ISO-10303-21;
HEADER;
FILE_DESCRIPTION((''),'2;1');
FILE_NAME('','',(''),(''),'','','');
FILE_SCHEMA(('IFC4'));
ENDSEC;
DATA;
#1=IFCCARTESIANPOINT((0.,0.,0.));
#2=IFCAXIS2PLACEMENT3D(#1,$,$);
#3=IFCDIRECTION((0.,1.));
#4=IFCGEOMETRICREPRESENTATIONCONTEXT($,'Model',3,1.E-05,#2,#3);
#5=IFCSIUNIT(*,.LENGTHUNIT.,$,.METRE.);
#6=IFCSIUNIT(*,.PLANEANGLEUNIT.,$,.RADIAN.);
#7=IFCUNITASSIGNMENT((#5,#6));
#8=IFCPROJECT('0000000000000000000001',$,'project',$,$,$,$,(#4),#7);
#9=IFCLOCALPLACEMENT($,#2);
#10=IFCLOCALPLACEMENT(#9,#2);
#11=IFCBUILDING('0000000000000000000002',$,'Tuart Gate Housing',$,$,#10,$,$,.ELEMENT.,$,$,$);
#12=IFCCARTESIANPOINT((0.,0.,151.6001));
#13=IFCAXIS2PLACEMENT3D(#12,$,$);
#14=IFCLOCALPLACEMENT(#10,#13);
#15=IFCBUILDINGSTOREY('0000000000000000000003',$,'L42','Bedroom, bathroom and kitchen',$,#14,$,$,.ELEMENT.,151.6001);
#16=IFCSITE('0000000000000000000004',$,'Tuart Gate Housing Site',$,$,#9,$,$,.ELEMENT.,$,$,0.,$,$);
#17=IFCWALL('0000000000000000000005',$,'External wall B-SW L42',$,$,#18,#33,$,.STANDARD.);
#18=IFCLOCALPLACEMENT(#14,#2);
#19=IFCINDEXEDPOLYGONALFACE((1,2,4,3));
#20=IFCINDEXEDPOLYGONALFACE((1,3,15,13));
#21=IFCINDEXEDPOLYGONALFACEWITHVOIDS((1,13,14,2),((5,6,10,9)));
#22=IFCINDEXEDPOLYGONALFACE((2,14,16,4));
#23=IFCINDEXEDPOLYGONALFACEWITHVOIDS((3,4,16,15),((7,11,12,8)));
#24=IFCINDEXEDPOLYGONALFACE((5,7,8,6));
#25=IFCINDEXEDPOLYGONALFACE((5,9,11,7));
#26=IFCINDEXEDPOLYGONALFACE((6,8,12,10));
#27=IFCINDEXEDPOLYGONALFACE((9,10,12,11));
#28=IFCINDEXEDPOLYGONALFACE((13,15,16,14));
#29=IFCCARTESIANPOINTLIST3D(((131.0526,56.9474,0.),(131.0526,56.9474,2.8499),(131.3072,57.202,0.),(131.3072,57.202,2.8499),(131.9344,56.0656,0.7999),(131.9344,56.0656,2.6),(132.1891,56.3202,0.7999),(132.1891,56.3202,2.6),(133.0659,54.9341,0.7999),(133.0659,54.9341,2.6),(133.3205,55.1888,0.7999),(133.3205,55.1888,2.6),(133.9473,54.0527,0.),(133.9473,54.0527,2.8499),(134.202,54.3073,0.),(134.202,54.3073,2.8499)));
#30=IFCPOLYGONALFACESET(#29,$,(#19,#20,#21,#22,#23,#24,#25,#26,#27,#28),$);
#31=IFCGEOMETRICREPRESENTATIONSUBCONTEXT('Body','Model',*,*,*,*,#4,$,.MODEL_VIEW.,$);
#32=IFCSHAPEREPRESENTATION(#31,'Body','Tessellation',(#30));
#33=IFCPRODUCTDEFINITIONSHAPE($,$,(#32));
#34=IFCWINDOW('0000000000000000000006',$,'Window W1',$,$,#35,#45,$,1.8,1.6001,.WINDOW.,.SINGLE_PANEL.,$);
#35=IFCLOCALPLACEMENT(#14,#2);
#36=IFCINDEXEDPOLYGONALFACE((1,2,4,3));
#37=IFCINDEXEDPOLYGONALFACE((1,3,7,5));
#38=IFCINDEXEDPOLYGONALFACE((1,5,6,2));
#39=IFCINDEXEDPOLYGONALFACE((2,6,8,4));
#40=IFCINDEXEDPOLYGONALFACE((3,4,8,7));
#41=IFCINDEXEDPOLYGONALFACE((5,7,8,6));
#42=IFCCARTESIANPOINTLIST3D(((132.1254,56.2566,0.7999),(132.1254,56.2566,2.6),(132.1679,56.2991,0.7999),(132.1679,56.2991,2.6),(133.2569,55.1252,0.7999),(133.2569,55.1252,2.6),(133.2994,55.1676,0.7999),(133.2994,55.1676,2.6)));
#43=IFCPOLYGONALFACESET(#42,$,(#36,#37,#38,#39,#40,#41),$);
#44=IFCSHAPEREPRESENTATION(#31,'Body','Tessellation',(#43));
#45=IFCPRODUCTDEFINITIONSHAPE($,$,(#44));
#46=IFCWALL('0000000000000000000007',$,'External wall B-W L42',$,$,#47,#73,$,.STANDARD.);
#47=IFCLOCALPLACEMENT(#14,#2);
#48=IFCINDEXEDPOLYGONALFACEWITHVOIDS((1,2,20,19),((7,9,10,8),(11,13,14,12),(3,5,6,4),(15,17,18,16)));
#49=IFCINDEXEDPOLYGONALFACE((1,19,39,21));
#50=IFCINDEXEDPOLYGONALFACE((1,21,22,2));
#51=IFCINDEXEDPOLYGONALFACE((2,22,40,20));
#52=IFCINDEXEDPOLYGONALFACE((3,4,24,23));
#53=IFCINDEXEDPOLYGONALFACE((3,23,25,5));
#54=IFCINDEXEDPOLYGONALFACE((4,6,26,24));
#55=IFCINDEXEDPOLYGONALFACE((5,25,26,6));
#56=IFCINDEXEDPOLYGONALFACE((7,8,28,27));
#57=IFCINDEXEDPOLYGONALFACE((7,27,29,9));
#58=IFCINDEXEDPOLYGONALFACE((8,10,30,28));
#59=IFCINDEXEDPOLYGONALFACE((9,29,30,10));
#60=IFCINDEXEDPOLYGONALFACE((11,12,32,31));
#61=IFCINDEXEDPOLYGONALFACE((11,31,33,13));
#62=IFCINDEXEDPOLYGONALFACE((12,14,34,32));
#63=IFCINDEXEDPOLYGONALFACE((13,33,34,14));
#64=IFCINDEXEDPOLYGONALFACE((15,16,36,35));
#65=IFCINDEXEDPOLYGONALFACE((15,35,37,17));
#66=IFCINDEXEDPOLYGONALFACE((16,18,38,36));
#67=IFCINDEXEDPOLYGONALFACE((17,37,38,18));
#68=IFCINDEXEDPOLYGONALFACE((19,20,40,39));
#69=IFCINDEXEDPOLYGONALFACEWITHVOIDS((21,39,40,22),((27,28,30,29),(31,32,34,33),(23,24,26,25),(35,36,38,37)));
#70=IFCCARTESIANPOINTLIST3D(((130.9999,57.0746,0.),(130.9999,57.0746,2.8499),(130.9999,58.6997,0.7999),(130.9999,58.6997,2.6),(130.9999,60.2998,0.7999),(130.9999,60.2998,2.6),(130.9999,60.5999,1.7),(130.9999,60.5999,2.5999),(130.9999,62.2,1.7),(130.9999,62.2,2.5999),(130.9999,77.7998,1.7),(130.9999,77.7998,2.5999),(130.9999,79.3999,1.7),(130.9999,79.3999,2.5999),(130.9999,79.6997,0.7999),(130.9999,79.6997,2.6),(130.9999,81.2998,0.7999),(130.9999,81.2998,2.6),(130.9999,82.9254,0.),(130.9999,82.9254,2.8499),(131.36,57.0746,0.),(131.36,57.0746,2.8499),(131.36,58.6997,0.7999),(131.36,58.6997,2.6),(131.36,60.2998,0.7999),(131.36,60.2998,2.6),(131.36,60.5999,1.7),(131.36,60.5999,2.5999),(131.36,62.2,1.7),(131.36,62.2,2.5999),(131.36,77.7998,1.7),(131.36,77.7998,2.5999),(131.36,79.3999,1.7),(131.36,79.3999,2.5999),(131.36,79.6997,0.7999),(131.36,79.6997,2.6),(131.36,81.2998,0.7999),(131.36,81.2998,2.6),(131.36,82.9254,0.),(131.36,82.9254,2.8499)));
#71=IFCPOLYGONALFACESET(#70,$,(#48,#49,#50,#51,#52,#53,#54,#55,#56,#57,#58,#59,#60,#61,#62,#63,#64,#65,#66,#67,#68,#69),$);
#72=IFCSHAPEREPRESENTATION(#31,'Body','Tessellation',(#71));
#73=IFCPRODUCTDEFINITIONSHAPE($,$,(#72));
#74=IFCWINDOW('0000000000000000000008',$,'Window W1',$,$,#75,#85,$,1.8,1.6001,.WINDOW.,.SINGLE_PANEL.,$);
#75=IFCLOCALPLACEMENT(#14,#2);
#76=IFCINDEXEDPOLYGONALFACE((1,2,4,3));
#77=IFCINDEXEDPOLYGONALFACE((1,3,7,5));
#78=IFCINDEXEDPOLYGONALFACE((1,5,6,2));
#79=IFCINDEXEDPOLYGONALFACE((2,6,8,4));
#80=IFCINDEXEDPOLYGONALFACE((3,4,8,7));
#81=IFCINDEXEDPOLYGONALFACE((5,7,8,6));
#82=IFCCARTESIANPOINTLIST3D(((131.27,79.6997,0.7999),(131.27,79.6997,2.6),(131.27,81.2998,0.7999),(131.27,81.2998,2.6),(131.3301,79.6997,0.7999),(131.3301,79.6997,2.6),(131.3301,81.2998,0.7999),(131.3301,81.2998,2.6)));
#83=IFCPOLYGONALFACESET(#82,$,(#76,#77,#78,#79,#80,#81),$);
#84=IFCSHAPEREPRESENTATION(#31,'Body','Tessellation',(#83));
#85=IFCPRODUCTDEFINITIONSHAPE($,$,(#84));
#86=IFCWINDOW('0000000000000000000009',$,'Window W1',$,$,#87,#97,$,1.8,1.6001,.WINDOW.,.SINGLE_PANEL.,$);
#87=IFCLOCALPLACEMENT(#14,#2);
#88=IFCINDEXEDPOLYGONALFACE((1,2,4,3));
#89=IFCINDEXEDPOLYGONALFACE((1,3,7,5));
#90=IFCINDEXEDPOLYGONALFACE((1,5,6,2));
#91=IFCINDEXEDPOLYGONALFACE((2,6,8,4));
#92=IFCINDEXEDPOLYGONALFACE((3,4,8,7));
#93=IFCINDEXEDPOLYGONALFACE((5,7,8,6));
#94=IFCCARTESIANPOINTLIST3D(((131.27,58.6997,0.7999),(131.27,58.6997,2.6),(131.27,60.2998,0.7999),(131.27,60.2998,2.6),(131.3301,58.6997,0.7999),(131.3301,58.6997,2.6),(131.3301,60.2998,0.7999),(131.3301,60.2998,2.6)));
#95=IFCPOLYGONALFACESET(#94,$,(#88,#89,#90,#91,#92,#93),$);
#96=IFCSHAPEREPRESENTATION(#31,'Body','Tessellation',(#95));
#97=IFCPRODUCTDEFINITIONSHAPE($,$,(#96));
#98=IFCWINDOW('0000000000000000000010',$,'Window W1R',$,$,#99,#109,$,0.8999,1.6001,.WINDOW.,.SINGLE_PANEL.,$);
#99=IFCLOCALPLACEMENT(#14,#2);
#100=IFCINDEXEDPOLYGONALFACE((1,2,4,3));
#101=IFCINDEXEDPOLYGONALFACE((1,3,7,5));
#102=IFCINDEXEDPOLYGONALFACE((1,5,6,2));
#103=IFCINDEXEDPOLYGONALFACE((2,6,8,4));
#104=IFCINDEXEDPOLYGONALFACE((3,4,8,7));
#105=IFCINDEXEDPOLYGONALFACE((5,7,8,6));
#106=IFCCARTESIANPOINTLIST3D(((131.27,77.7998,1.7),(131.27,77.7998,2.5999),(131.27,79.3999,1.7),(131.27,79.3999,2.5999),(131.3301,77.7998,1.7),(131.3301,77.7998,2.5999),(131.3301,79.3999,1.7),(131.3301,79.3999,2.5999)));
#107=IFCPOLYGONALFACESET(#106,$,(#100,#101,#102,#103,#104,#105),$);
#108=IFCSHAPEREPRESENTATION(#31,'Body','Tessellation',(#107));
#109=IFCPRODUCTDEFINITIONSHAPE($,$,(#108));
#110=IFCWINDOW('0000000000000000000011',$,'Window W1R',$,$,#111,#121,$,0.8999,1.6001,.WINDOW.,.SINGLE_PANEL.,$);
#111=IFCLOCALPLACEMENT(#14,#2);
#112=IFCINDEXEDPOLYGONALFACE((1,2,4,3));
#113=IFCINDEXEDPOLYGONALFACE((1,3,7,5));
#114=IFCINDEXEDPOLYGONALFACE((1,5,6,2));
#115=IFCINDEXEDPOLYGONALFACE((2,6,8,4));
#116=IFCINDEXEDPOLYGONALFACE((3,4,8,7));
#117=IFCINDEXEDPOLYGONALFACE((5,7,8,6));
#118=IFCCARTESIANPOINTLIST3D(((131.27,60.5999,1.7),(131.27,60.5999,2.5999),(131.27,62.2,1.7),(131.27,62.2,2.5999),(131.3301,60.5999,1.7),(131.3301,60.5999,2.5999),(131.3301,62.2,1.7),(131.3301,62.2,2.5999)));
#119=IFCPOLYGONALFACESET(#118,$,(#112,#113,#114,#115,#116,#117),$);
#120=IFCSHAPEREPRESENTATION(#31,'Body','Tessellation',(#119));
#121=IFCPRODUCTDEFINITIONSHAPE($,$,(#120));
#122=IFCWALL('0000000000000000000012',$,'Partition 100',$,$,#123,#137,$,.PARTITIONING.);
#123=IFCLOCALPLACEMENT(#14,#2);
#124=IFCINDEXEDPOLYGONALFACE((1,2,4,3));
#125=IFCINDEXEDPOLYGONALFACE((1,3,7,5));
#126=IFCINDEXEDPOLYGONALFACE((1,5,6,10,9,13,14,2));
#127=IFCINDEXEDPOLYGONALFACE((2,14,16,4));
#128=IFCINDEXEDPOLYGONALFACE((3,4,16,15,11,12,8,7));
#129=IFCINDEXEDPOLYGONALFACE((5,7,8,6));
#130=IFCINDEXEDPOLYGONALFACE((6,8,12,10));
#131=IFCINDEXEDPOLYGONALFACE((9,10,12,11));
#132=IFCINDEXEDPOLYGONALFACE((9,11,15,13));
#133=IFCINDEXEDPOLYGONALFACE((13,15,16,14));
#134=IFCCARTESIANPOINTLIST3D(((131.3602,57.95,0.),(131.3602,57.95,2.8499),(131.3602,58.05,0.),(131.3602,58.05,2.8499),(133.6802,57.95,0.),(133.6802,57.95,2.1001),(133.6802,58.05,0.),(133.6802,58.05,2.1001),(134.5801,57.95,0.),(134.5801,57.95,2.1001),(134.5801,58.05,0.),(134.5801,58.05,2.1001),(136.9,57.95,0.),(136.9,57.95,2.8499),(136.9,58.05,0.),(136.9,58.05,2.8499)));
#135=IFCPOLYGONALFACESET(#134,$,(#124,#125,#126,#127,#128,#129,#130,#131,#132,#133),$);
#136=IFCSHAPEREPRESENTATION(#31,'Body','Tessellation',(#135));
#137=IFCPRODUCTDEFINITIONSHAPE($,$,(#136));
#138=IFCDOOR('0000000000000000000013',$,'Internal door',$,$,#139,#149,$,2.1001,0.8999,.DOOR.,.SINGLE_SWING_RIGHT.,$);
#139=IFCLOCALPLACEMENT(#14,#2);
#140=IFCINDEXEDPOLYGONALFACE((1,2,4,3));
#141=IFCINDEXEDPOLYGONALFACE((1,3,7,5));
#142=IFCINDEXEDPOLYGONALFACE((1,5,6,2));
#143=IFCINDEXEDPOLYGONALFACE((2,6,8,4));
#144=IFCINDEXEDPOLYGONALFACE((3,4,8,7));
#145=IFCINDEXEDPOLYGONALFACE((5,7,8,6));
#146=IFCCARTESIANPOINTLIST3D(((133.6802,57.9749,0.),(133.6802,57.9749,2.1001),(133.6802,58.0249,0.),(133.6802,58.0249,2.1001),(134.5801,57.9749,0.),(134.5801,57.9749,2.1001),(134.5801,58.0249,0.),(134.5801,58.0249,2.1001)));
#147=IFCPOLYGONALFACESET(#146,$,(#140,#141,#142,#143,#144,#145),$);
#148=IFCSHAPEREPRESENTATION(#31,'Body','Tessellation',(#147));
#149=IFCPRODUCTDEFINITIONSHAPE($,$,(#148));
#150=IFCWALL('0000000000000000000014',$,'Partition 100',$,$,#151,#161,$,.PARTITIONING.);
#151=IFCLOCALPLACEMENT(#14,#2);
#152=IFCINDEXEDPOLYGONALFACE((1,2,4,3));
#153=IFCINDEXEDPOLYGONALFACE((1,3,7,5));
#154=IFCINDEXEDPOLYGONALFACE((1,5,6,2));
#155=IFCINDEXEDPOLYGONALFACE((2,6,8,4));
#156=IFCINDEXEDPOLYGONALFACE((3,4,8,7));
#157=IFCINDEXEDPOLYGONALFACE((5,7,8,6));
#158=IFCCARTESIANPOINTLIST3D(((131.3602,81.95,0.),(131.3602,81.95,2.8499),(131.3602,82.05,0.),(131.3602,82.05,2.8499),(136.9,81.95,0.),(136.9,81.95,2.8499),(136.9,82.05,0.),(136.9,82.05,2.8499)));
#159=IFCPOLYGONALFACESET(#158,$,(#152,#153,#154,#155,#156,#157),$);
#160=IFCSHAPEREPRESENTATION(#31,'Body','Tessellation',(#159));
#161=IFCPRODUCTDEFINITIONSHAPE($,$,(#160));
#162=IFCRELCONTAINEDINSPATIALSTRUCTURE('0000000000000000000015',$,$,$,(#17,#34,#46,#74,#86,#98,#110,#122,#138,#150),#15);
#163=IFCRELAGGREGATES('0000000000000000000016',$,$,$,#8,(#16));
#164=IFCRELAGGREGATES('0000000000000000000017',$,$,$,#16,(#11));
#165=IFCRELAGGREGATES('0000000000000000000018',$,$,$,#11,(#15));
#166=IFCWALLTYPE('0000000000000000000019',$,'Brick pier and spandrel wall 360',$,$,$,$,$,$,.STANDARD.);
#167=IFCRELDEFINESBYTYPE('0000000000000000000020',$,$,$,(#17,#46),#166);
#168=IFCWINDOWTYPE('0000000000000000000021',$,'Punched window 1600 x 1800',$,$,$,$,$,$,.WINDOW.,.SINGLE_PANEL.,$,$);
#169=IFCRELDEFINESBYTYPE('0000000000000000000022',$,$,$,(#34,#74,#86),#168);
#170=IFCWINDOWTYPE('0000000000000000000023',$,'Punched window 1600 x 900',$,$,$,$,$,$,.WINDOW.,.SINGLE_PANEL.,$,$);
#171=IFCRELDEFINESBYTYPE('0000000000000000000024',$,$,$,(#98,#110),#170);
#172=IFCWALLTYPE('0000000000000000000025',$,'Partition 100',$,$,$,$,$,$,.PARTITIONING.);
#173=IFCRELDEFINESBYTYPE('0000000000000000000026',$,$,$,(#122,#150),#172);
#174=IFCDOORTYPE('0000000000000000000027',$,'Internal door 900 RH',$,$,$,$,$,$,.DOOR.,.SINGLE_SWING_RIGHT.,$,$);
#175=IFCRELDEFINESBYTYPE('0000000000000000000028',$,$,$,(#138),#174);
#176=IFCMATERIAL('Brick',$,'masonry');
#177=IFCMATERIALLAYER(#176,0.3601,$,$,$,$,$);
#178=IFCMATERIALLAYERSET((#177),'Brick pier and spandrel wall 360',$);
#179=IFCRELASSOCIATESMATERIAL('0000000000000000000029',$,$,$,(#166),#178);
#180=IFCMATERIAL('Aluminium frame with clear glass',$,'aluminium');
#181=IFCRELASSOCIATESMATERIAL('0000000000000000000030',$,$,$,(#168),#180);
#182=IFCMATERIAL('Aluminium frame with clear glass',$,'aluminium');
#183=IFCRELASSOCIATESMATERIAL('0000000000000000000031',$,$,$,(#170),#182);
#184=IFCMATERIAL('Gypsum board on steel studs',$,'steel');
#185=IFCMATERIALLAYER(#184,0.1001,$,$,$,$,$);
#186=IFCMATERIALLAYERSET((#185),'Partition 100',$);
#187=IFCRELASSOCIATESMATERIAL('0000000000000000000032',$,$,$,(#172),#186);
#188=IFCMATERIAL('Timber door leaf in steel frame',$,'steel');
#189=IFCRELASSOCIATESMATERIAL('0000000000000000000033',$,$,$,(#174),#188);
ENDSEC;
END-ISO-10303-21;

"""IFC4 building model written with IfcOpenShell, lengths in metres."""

from ifc_helpers import new_model, si_unit, direction, frame, frame_2d, origin, place, context, subcontext, project, spatial, rectangle, extrude, material, layer, layer_set, type_object, element, fill, save


model = new_model("IFC4")

# Units and contexts
model_context = context("Model", 3, precision=1e-05, world=origin(), true_north=direction((0.0, 1.0)))
body_context = subcontext(model_context, "Body", "Model", "MODEL_VIEW")
ifc_project = project(units=[si_unit("LENGTHUNIT", "METRE"), si_unit("PLANEANGLEUNIT", "RADIAN")], contexts=[model_context])

# Site, building, storey
site_placement = place(None, origin())
site = spatial("IfcSite", under=ifc_project, at=site_placement, Name="Tuart Gate Housing Site", CompositionType="ELEMENT", RefElevation=0.0)
building_placement = place(site_placement, origin())
building = spatial("IfcBuilding", under=site, at=building_placement, Name="Tuart Gate Housing", CompositionType="ELEMENT")
storey_placement = place(building_placement, frame((0.0, 0.0, 151.6001)))
storey = spatial("IfcBuildingStorey", under=building, at=storey_placement, Name="L42", Description="Bedroom, bathroom and kitchen", CompositionType="ELEMENT", Elevation=151.6001)

# Shared definitions
ifc_material_1 = material(Name="Brick", Category="masonry")
ifc_layer_1 = layer(ifc_material_1, 0.3601)
ifc_layer_set_1 = layer_set([ifc_layer_1], Name="Brick pier and spandrel wall 360")
wall_type_1 = type_object("IfcWallType", Name="Brick pier and spandrel wall 360", PredefinedType="STANDARD", material=ifc_layer_set_1)
ifc_material_2 = material(Name="Aluminium frame with clear glass", Category="aluminium")
window_type_1 = type_object("IfcWindowType", Name="Punched window 1600 x 1800", PartitioningType="SINGLE_PANEL", PredefinedType="WINDOW", material=ifc_material_2)
ifc_material_3 = material(Name="Aluminium frame with clear glass", Category="aluminium")
window_type_2 = type_object("IfcWindowType", Name="Punched window 1600 x 900", PartitioningType="SINGLE_PANEL", PredefinedType="WINDOW", material=ifc_material_3)

# Wall, opening, window
wall_1_placement = place(storey_placement, frame((131.1799, 57.0747, 0.0), z_axis=(0.0, 0.0, 1.0), x_axis=(0.707107, -0.707107, 0.0)))
wall_1 = element("IfcWall", 1, at=wall_1_placement, inside=storey, type_object=wall_type_1, Name="External wall B-SW L42", PredefinedType="STANDARD", context=body_context, shape_type="SweptSolid", body=[
    extrude(rectangle(XDim=4.0938, YDim=0.3601, at=frame_2d((2.0469, 0.0))), origin(), (0.0, 0.0, 1.0), 2.8499),
])
opening_1_placement = place(wall_1_placement, frame((1.2471, 0.0, 0.8)))
opening_1 = element("IfcOpeningElement", 2, at=opening_1_placement, cuts=wall_1, PredefinedType="OPENING", context=body_context, shape_type="SweptSolid", body=[
    extrude(rectangle(XDim=1.6001, YDim=1.8, at=frame_2d((0.8, 0.8999))), frame((0.0, 0.1899, 0.0), z_axis=(0.0, -1.0, 0.0), x_axis=(1.0, 0.0, 0.0)), (0.0, 0.0, 1.0), 0.3801),
])
window_1_placement = place(opening_1_placement, origin())
window_1 = element("IfcWindow", 3, at=window_1_placement, inside=storey, type_object=window_type_1, Name="Window W1", OverallHeight=1.8, OverallWidth=1.6001, PartitioningType="SINGLE_PANEL", PredefinedType="WINDOW", context=body_context, shape_type="SweptSolid", body=[
    extrude(rectangle(XDim=1.6001, YDim=1.8, at=frame_2d((0.8, 0.8999))), frame((0.0, 0.1501, 0.0), z_axis=(0.0, -1.0, 0.0), x_axis=(1.0, 0.0, 0.0)), (0.0, 0.0, 1.0), 0.0601),
])
fill(opening_1, window_1)

# Wall, openings, windows
wall_2_placement = place(storey_placement, frame((131.1799, 82.9253, 0.0), z_axis=(0.0, 0.0, 1.0), x_axis=(0.0, -1.0, 0.0)))
wall_2 = element("IfcWall", 4, at=wall_2_placement, inside=storey, type_object=wall_type_1, Name="External wall B-W L42", PredefinedType="STANDARD", context=body_context, shape_type="SweptSolid", body=[
    extrude(rectangle(XDim=25.8508, YDim=0.3601, at=frame_2d((12.9253, 0.0))), origin(), (0.0, 0.0, 1.0), 2.8499),
])
opening_2_placement = place(wall_2_placement, frame((1.6255, 0.0, 0.8)))
opening_2 = element("IfcOpeningElement", 5, at=opening_2_placement, cuts=wall_2, PredefinedType="OPENING", context=body_context, shape_type="SweptSolid", body=[
    extrude(rectangle(XDim=1.6001, YDim=1.8, at=frame_2d((0.8, 0.8999))), frame((0.0, 0.1899, 0.0), z_axis=(0.0, -1.0, 0.0), x_axis=(1.0, 0.0, 0.0)), (0.0, 0.0, 1.0), 0.3801),
])
opening_3_placement = place(wall_2_placement, frame((3.5254, 0.0, 1.7)))
opening_3 = element("IfcOpeningElement", 6, at=opening_3_placement, cuts=wall_2, PredefinedType="OPENING", context=body_context, shape_type="SweptSolid", body=[
    extrude(rectangle(XDim=1.6001, YDim=0.8999, at=frame_2d((0.8, 0.45))), frame((0.0, 0.1899, 0.0), z_axis=(0.0, -1.0, 0.0), x_axis=(1.0, 0.0, 0.0)), (0.0, 0.0, 1.0), 0.3801),
])
opening_4_placement = place(wall_2_placement, frame((20.7253, 0.0, 1.7)))
opening_4 = element("IfcOpeningElement", 7, at=opening_4_placement, cuts=wall_2, PredefinedType="OPENING", context=body_context, shape_type="SweptSolid", body=[
    extrude(rectangle(XDim=1.6001, YDim=0.8999, at=frame_2d((0.8, 0.45))), frame((0.0, 0.1899, 0.0), z_axis=(0.0, -1.0, 0.0), x_axis=(1.0, 0.0, 0.0)), (0.0, 0.0, 1.0), 0.3801),
])
opening_5_placement = place(wall_2_placement, frame((22.6255, 0.0, 0.8)))
opening_5 = element("IfcOpeningElement", 8, at=opening_5_placement, cuts=wall_2, PredefinedType="OPENING", context=body_context, shape_type="SweptSolid", body=[
    extrude(rectangle(XDim=1.6001, YDim=1.8, at=frame_2d((0.8, 0.8999))), frame((0.0, 0.1899, 0.0), z_axis=(0.0, -1.0, 0.0), x_axis=(1.0, 0.0, 0.0)), (0.0, 0.0, 1.0), 0.3801),
])
window_2_placement = place(opening_2_placement, origin())
window_2 = element("IfcWindow", 9, at=window_2_placement, inside=storey, type_object=window_type_1, Name="Window W1", OverallHeight=1.8, OverallWidth=1.6001, PartitioningType="SINGLE_PANEL", PredefinedType="WINDOW", context=body_context, shape_type="SweptSolid", body=[
    extrude(rectangle(XDim=1.6001, YDim=1.8, at=frame_2d((0.8, 0.8999))), frame((0.0, 0.1501, 0.0), z_axis=(0.0, -1.0, 0.0), x_axis=(1.0, 0.0, 0.0)), (0.0, 0.0, 1.0), 0.0601),
])
fill(opening_2, window_2)
window_3_placement = place(opening_5_placement, origin())
window_3 = element("IfcWindow", 10, at=window_3_placement, inside=storey, type_object=window_type_1, Name="Window W1", OverallHeight=1.8, OverallWidth=1.6001, PartitioningType="SINGLE_PANEL", PredefinedType="WINDOW", context=body_context, shape_type="SweptSolid", body=[
    extrude(rectangle(XDim=1.6001, YDim=1.8, at=frame_2d((0.8, 0.8999))), frame((0.0, 0.1501, 0.0), z_axis=(0.0, -1.0, 0.0), x_axis=(1.0, 0.0, 0.0)), (0.0, 0.0, 1.0), 0.0601),
])
fill(opening_5, window_3)
window_4_placement = place(opening_3_placement, origin())
window_4 = element("IfcWindow", 11, at=window_4_placement, inside=storey, type_object=window_type_2, Name="Window W1R", OverallHeight=0.8999, OverallWidth=1.6001, PartitioningType="SINGLE_PANEL", PredefinedType="WINDOW", context=body_context, shape_type="SweptSolid", body=[
    extrude(rectangle(XDim=1.6001, YDim=0.8999, at=frame_2d((0.8, 0.45))), frame((0.0, 0.1501, 0.0), z_axis=(0.0, -1.0, 0.0), x_axis=(1.0, 0.0, 0.0)), (0.0, 0.0, 1.0), 0.0601),
])
fill(opening_3, window_4)
window_5_placement = place(opening_4_placement, origin())
window_5 = element("IfcWindow", 12, at=window_5_placement, inside=storey, type_object=window_type_2, Name="Window W1R", OverallHeight=0.8999, OverallWidth=1.6001, PartitioningType="SINGLE_PANEL", PredefinedType="WINDOW", context=body_context, shape_type="SweptSolid", body=[
    extrude(rectangle(XDim=1.6001, YDim=0.8999, at=frame_2d((0.8, 0.45))), frame((0.0, 0.1501, 0.0), z_axis=(0.0, -1.0, 0.0), x_axis=(1.0, 0.0, 0.0)), (0.0, 0.0, 1.0), 0.0601),
])
fill(opening_4, window_5)

# Wall, opening, door
ifc_material_4 = material(Name="Gypsum board on steel studs", Category="steel")
ifc_layer_2 = layer(ifc_material_4, 0.1001)
ifc_layer_set_2 = layer_set([ifc_layer_2], Name="Partition 100")
wall_type_2 = type_object("IfcWallType", Name="Partition 100", PredefinedType="PARTITIONING", material=ifc_layer_set_2)
wall_3_placement = place(storey_placement, frame((131.3601, 58.0, 0.0), z_axis=(0.0, 0.0, 1.0), x_axis=(1.0, 0.0, 0.0)))
wall_3 = element("IfcWall", 13, at=wall_3_placement, inside=storey, type_object=wall_type_2, Name="Partition 100", PredefinedType="PARTITIONING", context=body_context, shape_type="SweptSolid", body=[
    extrude(rectangle(XDim=5.5398, YDim=0.1001, at=frame_2d((2.77, 0.0))), origin(), (0.0, 0.0, 1.0), 2.8499),
])
opening_6_placement = place(wall_3_placement, frame((2.3201, 0.0, 0.0)))
opening_6 = element("IfcOpeningElement", 14, at=opening_6_placement, cuts=wall_3, PredefinedType="OPENING", context=body_context, shape_type="SweptSolid", body=[
    extrude(rectangle(XDim=0.8999, YDim=2.1001, at=frame_2d((0.45, 1.05))), frame((0.0, 0.0601, 0.0), z_axis=(0.0, -1.0, 0.0), x_axis=(1.0, 0.0, 0.0)), (0.0, 0.0, 1.0), 0.1201),
])
ifc_material_5 = material(Name="Timber door leaf in steel frame", Category="steel")
door_type = type_object("IfcDoorType", Name="Internal door 900 RH", OperationType="SINGLE_SWING_RIGHT", PredefinedType="DOOR", material=ifc_material_5)
door_placement = place(opening_6_placement, frame((0.8999, 0.0, 0.0), z_axis=(0.0, 0.0, 1.0), x_axis=(-1.0, 0.0, 0.0)))
door = element("IfcDoor", 15, at=door_placement, inside=storey, type_object=door_type, Name="Internal door", OperationType="SINGLE_SWING_RIGHT", OverallHeight=2.1001, OverallWidth=0.8999, PredefinedType="DOOR", context=body_context, shape_type="SweptSolid", body=[
    extrude(rectangle(XDim=0.8999, YDim=2.1001, at=frame_2d((0.45, 1.05))), frame((0.0, 0.0251, 0.0), z_axis=(0.0, -1.0, 0.0), x_axis=(1.0, 0.0, 0.0)), (0.0, 0.0, 1.0), 0.05),
])
fill(opening_6, door)

# Wall
wall_4_placement = place(storey_placement, frame((131.3601, 82.0, 0.0), z_axis=(0.0, 0.0, 1.0), x_axis=(1.0, 0.0, 0.0)))
element("IfcWall", 16, at=wall_4_placement, inside=storey, type_object=wall_type_2, Name="Partition 100", PredefinedType="PARTITIONING", context=body_context, shape_type="SweptSolid", body=[
    extrude(rectangle(XDim=5.5398, YDim=0.1001, at=frame_2d((2.77, 0.0))), origin(), (0.0, 0.0, 1.0), 2.8499),
])

save(model, "model.ifc")
